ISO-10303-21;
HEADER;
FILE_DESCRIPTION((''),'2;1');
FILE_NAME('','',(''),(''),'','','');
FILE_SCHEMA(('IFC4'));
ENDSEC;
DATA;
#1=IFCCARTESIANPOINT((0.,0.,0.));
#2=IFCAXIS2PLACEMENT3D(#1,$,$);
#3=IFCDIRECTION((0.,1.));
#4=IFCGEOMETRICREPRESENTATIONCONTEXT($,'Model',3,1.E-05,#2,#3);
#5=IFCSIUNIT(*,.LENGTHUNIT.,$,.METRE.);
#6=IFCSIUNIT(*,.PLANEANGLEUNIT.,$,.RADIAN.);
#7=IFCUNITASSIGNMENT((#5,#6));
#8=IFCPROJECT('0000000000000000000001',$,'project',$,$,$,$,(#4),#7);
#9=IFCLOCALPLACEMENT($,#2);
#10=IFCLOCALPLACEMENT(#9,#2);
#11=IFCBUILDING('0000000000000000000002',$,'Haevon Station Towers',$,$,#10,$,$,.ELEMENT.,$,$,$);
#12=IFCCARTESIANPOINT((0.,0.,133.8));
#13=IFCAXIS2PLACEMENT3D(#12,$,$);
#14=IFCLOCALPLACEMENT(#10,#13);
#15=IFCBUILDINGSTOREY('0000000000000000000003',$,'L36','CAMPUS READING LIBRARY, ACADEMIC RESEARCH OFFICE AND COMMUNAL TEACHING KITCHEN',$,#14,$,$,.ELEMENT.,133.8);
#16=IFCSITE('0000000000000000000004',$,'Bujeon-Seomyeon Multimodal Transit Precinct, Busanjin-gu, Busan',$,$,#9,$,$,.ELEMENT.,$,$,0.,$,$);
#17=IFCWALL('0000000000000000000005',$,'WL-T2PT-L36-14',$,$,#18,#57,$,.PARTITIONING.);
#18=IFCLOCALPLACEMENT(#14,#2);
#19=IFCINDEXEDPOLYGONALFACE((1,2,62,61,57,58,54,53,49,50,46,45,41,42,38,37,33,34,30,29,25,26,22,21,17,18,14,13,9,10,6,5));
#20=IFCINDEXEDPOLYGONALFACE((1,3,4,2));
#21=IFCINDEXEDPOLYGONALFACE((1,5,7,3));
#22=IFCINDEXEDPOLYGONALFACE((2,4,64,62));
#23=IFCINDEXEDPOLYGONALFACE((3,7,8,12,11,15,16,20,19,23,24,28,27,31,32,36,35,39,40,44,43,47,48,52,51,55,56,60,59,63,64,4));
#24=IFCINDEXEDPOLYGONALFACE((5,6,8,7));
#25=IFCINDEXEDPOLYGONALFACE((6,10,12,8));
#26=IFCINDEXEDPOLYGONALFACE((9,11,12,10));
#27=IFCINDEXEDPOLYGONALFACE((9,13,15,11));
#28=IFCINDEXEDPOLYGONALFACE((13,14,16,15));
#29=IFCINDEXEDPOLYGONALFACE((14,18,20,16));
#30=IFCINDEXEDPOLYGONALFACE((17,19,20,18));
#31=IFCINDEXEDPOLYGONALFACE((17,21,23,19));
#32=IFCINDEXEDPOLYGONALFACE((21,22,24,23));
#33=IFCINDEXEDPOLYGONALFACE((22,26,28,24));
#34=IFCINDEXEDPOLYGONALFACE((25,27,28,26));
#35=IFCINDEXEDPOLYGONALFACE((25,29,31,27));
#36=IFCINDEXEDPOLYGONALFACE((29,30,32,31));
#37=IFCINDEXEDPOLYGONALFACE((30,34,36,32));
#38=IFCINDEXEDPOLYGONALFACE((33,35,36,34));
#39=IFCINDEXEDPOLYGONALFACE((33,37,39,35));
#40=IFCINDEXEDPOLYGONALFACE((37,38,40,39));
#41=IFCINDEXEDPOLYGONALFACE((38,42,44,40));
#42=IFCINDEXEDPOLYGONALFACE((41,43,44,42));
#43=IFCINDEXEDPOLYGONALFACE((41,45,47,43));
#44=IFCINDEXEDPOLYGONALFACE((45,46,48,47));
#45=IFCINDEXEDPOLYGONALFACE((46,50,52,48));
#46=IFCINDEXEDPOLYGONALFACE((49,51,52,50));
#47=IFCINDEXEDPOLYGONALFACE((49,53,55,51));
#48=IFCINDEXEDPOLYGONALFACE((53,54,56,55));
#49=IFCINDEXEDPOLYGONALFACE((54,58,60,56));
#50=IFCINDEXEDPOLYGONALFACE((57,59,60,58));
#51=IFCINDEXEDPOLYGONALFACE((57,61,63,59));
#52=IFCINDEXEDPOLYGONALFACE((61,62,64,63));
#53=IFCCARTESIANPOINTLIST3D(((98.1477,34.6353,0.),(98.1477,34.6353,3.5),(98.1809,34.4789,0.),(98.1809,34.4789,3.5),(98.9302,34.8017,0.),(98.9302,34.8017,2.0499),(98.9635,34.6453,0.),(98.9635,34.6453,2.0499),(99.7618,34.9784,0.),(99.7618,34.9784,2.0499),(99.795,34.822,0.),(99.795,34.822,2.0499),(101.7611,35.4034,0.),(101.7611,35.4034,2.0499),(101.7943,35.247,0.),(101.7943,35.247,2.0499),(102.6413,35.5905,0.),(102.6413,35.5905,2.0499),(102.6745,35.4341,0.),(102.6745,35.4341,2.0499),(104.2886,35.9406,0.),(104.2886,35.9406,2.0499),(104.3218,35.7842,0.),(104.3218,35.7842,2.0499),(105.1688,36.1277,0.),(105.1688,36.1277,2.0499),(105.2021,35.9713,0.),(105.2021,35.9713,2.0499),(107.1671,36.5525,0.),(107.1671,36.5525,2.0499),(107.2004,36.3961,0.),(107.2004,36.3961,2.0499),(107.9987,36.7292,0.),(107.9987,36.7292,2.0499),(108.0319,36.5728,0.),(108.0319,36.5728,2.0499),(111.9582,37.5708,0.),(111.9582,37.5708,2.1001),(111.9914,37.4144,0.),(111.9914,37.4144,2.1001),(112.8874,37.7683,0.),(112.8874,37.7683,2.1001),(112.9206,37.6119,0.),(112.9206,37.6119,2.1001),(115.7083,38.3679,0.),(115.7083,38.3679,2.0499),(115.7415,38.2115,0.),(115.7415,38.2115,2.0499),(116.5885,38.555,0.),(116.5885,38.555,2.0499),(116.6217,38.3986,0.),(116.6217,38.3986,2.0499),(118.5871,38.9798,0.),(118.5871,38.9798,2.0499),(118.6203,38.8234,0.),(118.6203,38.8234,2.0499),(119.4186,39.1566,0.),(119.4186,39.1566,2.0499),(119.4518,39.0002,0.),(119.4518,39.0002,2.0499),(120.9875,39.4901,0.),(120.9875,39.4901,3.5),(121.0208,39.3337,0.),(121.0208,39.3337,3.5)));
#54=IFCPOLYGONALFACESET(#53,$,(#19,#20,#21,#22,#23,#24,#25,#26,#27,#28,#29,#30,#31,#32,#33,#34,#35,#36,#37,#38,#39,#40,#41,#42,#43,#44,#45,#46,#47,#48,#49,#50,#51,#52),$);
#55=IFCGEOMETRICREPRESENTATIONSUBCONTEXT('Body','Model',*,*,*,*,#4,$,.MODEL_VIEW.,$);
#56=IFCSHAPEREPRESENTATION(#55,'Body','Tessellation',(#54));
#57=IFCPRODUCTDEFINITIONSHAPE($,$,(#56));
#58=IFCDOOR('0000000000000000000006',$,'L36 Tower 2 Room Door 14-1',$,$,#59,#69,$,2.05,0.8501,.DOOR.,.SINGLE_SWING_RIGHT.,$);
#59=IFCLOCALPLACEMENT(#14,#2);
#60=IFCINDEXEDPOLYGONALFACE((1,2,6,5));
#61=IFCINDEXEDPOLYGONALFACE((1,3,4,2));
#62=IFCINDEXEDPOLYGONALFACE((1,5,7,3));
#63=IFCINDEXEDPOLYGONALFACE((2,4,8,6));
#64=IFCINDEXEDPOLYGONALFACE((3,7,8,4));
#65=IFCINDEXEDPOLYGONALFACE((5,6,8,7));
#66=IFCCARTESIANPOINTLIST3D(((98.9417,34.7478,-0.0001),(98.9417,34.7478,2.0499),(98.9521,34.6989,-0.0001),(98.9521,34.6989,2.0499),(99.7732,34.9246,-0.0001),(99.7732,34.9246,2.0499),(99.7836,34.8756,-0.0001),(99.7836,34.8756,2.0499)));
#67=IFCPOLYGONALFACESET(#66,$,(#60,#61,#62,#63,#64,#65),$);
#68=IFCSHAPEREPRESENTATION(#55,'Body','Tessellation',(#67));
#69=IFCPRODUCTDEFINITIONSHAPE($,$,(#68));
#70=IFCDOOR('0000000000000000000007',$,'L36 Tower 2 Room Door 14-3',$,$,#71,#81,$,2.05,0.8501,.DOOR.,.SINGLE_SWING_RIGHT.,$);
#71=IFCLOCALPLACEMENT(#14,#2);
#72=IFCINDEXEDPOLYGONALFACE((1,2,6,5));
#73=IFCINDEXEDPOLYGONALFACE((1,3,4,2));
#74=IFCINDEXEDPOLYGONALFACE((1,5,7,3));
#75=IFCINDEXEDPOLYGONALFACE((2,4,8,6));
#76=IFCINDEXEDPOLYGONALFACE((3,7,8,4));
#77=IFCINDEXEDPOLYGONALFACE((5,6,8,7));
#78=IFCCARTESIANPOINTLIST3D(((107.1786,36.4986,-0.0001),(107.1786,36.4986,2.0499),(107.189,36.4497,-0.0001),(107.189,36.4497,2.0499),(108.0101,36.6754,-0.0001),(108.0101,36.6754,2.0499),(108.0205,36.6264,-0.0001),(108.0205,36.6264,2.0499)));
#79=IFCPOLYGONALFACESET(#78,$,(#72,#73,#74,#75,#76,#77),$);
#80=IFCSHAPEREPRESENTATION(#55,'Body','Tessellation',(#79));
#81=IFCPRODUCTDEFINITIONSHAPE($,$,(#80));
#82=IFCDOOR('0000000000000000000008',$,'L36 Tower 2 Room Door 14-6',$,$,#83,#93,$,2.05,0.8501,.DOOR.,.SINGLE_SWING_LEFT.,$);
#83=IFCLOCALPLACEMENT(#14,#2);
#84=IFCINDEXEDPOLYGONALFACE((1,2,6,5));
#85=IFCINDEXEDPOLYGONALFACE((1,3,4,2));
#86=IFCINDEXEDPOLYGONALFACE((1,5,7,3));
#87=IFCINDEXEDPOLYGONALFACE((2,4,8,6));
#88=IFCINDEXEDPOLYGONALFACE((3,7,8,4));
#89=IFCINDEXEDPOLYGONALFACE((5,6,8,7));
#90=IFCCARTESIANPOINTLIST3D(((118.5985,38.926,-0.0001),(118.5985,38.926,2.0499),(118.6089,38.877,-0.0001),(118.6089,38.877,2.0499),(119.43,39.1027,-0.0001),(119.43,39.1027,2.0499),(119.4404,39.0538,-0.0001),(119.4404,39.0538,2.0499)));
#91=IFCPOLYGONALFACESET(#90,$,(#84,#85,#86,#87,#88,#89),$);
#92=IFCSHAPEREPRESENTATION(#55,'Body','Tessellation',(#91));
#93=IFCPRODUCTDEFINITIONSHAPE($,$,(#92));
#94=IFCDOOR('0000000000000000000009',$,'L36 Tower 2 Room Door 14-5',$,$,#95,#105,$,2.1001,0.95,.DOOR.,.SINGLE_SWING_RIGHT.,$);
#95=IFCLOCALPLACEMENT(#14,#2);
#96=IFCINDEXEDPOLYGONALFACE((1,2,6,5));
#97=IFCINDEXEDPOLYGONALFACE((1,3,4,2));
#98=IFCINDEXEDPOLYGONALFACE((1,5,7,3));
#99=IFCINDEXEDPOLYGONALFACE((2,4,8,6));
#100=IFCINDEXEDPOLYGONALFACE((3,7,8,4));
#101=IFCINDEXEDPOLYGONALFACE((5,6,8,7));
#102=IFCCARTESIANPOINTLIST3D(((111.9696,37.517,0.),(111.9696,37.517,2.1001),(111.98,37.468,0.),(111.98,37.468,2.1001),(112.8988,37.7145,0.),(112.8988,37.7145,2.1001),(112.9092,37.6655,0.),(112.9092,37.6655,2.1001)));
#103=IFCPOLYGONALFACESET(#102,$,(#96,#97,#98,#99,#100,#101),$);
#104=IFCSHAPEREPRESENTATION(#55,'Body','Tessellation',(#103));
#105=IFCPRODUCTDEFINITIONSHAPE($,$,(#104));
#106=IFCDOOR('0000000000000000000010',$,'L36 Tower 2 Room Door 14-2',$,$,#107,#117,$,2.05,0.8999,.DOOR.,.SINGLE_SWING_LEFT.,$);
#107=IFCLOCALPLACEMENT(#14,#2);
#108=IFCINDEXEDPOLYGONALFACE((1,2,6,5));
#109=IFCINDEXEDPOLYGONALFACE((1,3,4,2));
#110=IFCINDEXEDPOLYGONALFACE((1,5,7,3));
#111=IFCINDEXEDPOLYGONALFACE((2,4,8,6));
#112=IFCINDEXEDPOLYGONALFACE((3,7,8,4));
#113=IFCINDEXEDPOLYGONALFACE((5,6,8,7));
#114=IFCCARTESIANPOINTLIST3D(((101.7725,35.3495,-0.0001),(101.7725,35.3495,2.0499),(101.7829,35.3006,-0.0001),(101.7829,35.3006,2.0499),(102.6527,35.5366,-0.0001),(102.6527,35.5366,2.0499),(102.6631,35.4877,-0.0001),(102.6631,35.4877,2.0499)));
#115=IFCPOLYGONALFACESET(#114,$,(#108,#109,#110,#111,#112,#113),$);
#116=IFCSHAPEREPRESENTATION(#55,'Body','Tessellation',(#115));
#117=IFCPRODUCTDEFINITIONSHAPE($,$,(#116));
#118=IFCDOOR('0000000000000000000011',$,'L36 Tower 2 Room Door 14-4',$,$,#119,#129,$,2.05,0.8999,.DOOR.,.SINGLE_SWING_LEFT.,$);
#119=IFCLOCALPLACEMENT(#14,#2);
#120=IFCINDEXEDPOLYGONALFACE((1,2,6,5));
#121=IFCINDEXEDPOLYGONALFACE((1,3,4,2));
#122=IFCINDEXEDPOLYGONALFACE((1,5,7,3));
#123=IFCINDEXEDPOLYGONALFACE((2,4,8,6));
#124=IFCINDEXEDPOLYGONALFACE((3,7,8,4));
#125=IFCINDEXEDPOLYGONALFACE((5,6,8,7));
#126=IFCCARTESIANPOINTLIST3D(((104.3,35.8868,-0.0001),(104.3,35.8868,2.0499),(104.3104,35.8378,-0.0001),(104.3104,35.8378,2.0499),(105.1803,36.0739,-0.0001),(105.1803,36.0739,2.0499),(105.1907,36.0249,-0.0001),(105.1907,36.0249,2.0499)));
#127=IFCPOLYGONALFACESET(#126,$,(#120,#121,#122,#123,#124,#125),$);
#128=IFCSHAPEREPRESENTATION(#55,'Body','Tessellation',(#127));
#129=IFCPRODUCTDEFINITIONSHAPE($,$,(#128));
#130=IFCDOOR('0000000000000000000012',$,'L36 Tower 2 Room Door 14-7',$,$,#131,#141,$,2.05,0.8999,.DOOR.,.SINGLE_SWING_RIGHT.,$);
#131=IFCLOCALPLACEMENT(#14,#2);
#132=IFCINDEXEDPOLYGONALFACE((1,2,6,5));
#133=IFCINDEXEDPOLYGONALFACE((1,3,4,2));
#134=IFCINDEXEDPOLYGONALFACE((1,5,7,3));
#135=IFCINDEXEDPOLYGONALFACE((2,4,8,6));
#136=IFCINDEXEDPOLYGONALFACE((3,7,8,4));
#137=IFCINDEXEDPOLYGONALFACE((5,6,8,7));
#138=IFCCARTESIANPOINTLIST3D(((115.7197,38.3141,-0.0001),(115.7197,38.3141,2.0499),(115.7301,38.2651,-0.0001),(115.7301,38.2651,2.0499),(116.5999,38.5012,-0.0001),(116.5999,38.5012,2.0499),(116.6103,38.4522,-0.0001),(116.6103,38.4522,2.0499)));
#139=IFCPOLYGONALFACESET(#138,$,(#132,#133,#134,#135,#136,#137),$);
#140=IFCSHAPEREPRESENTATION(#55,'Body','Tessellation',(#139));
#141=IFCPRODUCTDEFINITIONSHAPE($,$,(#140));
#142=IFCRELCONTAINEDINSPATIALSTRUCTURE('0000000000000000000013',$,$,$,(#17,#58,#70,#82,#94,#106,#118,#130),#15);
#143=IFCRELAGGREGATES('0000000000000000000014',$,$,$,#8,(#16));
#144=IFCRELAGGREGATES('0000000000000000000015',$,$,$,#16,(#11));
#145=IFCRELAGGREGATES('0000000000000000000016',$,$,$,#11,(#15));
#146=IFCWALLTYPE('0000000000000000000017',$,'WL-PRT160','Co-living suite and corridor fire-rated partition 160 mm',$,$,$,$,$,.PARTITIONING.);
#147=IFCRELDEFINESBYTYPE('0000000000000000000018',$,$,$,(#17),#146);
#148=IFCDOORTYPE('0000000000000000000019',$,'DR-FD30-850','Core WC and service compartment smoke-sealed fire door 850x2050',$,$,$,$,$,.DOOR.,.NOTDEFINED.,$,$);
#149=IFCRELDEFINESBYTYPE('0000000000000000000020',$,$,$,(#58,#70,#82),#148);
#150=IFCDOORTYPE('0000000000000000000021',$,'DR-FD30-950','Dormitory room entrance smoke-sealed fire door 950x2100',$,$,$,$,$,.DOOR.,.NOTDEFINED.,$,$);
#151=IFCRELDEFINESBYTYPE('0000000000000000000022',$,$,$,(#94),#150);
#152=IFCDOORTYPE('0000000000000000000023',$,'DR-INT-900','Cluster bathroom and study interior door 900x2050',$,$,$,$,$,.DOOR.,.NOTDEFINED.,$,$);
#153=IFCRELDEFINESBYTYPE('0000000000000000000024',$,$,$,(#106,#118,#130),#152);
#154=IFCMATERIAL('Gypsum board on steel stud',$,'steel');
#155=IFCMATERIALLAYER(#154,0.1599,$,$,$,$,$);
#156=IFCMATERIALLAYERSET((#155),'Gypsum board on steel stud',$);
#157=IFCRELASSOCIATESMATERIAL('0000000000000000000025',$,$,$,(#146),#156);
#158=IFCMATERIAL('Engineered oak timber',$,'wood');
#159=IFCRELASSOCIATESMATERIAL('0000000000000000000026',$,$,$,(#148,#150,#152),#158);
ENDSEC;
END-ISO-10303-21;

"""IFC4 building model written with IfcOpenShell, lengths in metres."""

from ifc_helpers import new_model, si_unit, direction, frame, frame_2d, origin, place, context, subcontext, project, spatial, rectangle, extrude, material, layer, layer_set, type_object, element, fill, save


model = new_model("IFC4")

# Units and contexts
model_context = context("Model", 3, precision=1e-05, world=origin(), true_north=direction((0.0, 1.0)))
body_context = subcontext(model_context, "Body", "Model", "MODEL_VIEW")
ifc_project = project(units=[si_unit("LENGTHUNIT", "METRE"), si_unit("PLANEANGLEUNIT", "RADIAN")], contexts=[model_context])

# Site, building, storey
site_placement = place(None, origin())
site = spatial("IfcSite", under=ifc_project, at=site_placement, Name="Bujeon-Seomyeon Multimodal Transit Precinct, Busanjin-gu, Busan", CompositionType="ELEMENT", RefElevation=0.0)
building_placement = place(site_placement, origin())
building = spatial("IfcBuilding", under=site, at=building_placement, Name="Haevon Station Towers", CompositionType="ELEMENT")
storey_placement = place(building_placement, frame((0.0, 0.0, 133.8)))
storey = spatial("IfcBuildingStorey", under=building, at=storey_placement, Name="L36", Description="CAMPUS READING LIBRARY, ACADEMIC RESEARCH OFFICE AND COMMUNAL TEACHING KITCHEN", CompositionType="ELEMENT", Elevation=133.8)

# Shared definitions
ifc_material_1 = material(Name="Gypsum board on steel stud", Category="steel")

# Wall, openings, doors
ifc_layer_1 = layer(ifc_material_1, 0.1599)
ifc_layer_set_1 = layer_set([ifc_layer_1], Name="Gypsum board on steel stud")
wall_type_1 = type_object("IfcWallType", Name="WL-PRT160", Description="Co-living suite and corridor fire-rated partition 160 mm", PredefinedType="PARTITIONING", material=ifc_layer_set_1)
wall_1_placement = place(storey_placement, frame((98.1643, 34.5571, 0.0), z_axis=(0.0, 0.0, 1.0), x_axis=(0.978148, 0.207911, 0.0)))
wall_1 = element("IfcWall", 1, at=wall_1_placement, inside=storey, type_object=wall_type_1, Name="WL-T2PT-L36-14", PredefinedType="PARTITIONING", context=body_context, shape_type="SweptSolid", body=[
    extrude(rectangle(XDim=23.3501, YDim=0.1599, at=frame_2d((11.675, 0.0))), origin(), (0.0, 0.0, 1.0), 3.5),
])
opening_1_placement = place(wall_1_placement, frame((0.8, 0.0, 0.0)))
opening_1 = element("IfcOpeningElement", 2, at=opening_1_placement, cuts=wall_1, PredefinedType="OPENING", context=body_context, shape_type="SweptSolid", body=[
    extrude(rectangle(XDim=0.8501, YDim=2.05, at=frame_2d((0.425, 1.0249))), frame((0.0, 0.0898, 0.0), z_axis=(0.0, -1.0, 0.0), x_axis=(1.0, 0.0, 0.0)), (0.0, 0.0, 1.0), 0.1799),
])
opening_2_placement = place(wall_1_placement, frame((3.6941, 0.0, 0.0)))
opening_2 = element("IfcOpeningElement", 3, at=opening_2_placement, cuts=wall_1, PredefinedType="OPENING", context=body_context, shape_type="SweptSolid", body=[
    extrude(rectangle(XDim=0.8999, YDim=2.05, at=frame_2d((0.45, 1.0249))), frame((0.0, 0.0898, 0.0), z_axis=(0.0, -1.0, 0.0), x_axis=(1.0, 0.0, 0.0)), (0.0, 0.0, 1.0), 0.1799),
])
opening_3_placement = place(wall_1_placement, frame((9.2209, 0.0, 0.0)))
opening_3 = element("IfcOpeningElement", 4, at=opening_3_placement, cuts=wall_1, PredefinedType="OPENING", context=body_context, shape_type="SweptSolid", body=[
    extrude(rectangle(XDim=0.8501, YDim=2.05, at=frame_2d((0.425, 1.0249))), frame((0.0, 0.0898, 0.0), z_axis=(0.0, -1.0, 0.0), x_axis=(1.0, 0.0, 0.0)), (0.0, 0.0, 1.0), 0.1799),
])
opening_4_placement = place(wall_1_placement, frame((6.2781, 0.0, 0.0)))
opening_4 = element("IfcOpeningElement", 5, at=opening_4_placement, cuts=wall_1, PredefinedType="OPENING", context=body_context, shape_type="SweptSolid", body=[
    extrude(rectangle(XDim=0.8999, YDim=2.05, at=frame_2d((0.45, 1.0249))), frame((0.0, 0.0898, 0.0), z_axis=(0.0, -1.0, 0.0), x_axis=(1.0, 0.0, 0.0)), (0.0, 0.0, 1.0), 0.1799),
])
opening_5_placement = place(wall_1_placement, frame((14.1189, 0.0, 0.0)))
opening_5 = element("IfcOpeningElement", 6, at=opening_5_placement, cuts=wall_1, PredefinedType="OPENING", context=body_context, shape_type="SweptSolid", body=[
    extrude(rectangle(XDim=0.95, YDim=2.1001, at=frame_2d((0.4751, 1.05))), frame((0.0, 0.0898, 0.0), z_axis=(0.0, -1.0, 0.0), x_axis=(1.0, 0.0, 0.0)), (0.0, 0.0, 1.0), 0.1799),
])
opening_6_placement = place(wall_1_placement, frame((20.896, 0.0, 0.0)))
opening_6 = element("IfcOpeningElement", 7, at=opening_6_placement, cuts=wall_1, PredefinedType="OPENING", context=body_context, shape_type="SweptSolid", body=[
    extrude(rectangle(XDim=0.8501, YDim=2.05, at=frame_2d((0.425, 1.0249))), frame((0.0, 0.0898, 0.0), z_axis=(0.0, -1.0, 0.0), x_axis=(1.0, 0.0, 0.0)), (0.0, 0.0, 1.0), 0.1799),
])
opening_7_placement = place(wall_1_placement, frame((17.9529, 0.0, 0.0)))
opening_7 = element("IfcOpeningElement", 8, at=opening_7_placement, cuts=wall_1, PredefinedType="OPENING", context=body_context, shape_type="SweptSolid", body=[
    extrude(rectangle(XDim=0.8999, YDim=2.05, at=frame_2d((0.45, 1.0249))), frame((0.0, 0.0898, 0.0), z_axis=(0.0, -1.0, 0.0), x_axis=(1.0, 0.0, 0.0)), (0.0, 0.0, 1.0), 0.1799),
])
ifc_material_2 = material(Name="Engineered oak timber", Category="wood")
door_type_1 = type_object("IfcDoorType", Name="DR-FD30-850", Description="Core WC and service compartment smoke-sealed fire door 850x2050", OperationType="NOTDEFINED", PredefinedType="DOOR", material=ifc_material_2)
door_1_placement = place(opening_1_placement, origin())
door_1 = element("IfcDoor", 9, at=door_1_placement, inside=storey, type_object=door_type_1, Name="L36 Tower 2 Room Door 14-1", OperationType="SINGLE_SWING_RIGHT", OverallHeight=2.05, OverallWidth=0.8501, PredefinedType="DOOR", context=body_context, shape_type="SweptSolid", body=[
    extrude(rectangle(XDim=0.8501, YDim=2.05, at=frame_2d((0.425, 1.0249))), frame((0.0, 0.0249, 0.0), z_axis=(0.0, -1.0, 0.0), x_axis=(1.0, 0.0, 0.0)), (0.0, 0.0, 1.0), 0.05),
])
fill(opening_1, door_1)
door_2_placement = place(opening_3_placement, origin())
door_2 = element("IfcDoor", 10, at=door_2_placement, inside=storey, type_object=door_type_1, Name="L36 Tower 2 Room Door 14-3", OperationType="SINGLE_SWING_RIGHT", OverallHeight=2.05, OverallWidth=0.8501, PredefinedType="DOOR", context=body_context, shape_type="SweptSolid", body=[
    extrude(rectangle(XDim=0.8501, YDim=2.05, at=frame_2d((0.425, 1.0249))), frame((0.0, 0.0249, 0.0), z_axis=(0.0, -1.0, 0.0), x_axis=(1.0, 0.0, 0.0)), (0.0, 0.0, 1.0), 0.05),
])
fill(opening_3, door_2)
door_3_placement = place(opening_6_placement, origin())
door_3 = element("IfcDoor", 11, at=door_3_placement, inside=storey, type_object=door_type_1, Name="L36 Tower 2 Room Door 14-6", OperationType="SINGLE_SWING_LEFT", OverallHeight=2.05, OverallWidth=0.8501, PredefinedType="DOOR", context=body_context, shape_type="SweptSolid", body=[
    extrude(rectangle(XDim=0.8501, YDim=2.05, at=frame_2d((0.425, 1.0249))), frame((0.0, 0.0249, 0.0), z_axis=(0.0, -1.0, 0.0), x_axis=(1.0, 0.0, 0.0)), (0.0, 0.0, 1.0), 0.05),
])
fill(opening_6, door_3)
door_type_2 = type_object("IfcDoorType", Name="DR-FD30-950", Description="Dormitory room entrance smoke-sealed fire door 950x2100", OperationType="NOTDEFINED", PredefinedType="DOOR", material=ifc_material_2)
door_4_placement = place(opening_5_placement, origin())
door_4 = element("IfcDoor", 12, at=door_4_placement, inside=storey, type_object=door_type_2, Name="L36 Tower 2 Room Door 14-5", OperationType="SINGLE_SWING_RIGHT", OverallHeight=2.1001, OverallWidth=0.95, PredefinedType="DOOR", context=body_context, shape_type="SweptSolid", body=[
    extrude(rectangle(XDim=0.95, YDim=2.1001, at=frame_2d((0.4751, 1.05))), frame((0.0, 0.0249, 0.0), z_axis=(0.0, -1.0, 0.0), x_axis=(1.0, 0.0, 0.0)), (0.0, 0.0, 1.0), 0.05),
])
fill(opening_5, door_4)
door_type_3 = type_object("IfcDoorType", Name="DR-INT-900", Description="Cluster bathroom and study interior door 900x2050", OperationType="NOTDEFINED", PredefinedType="DOOR", material=ifc_material_2)
door_5_placement = place(opening_2_placement, origin())
door_5 = element("IfcDoor", 13, at=door_5_placement, inside=storey, type_object=door_type_3, Name="L36 Tower 2 Room Door 14-2", OperationType="SINGLE_SWING_LEFT", OverallHeight=2.05, OverallWidth=0.8999, PredefinedType="DOOR", context=body_context, shape_type="SweptSolid", body=[
    extrude(rectangle(XDim=0.8999, YDim=2.05, at=frame_2d((0.45, 1.0249))), frame((0.0, 0.0249, 0.0), z_axis=(0.0, -1.0, 0.0), x_axis=(1.0, 0.0, 0.0)), (0.0, 0.0, 1.0), 0.05),
])
fill(opening_2, door_5)
door_6_placement = place(opening_4_placement, origin())
door_6 = element("IfcDoor", 14, at=door_6_placement, inside=storey, type_object=door_type_3, Name="L36 Tower 2 Room Door 14-4", OperationType="SINGLE_SWING_LEFT", OverallHeight=2.05, OverallWidth=0.8999, PredefinedType="DOOR", context=body_context, shape_type="SweptSolid", body=[
    extrude(rectangle(XDim=0.8999, YDim=2.05, at=frame_2d((0.45, 1.0249))), frame((0.0, 0.0249, 0.0), z_axis=(0.0, -1.0, 0.0), x_axis=(1.0, 0.0, 0.0)), (0.0, 0.0, 1.0), 0.05),
])
fill(opening_4, door_6)
door_7_placement = place(opening_7_placement, origin())
door_7 = element("IfcDoor", 15, at=door_7_placement, inside=storey, type_object=door_type_3, Name="L36 Tower 2 Room Door 14-7", OperationType="SINGLE_SWING_RIGHT", OverallHeight=2.05, OverallWidth=0.8999, PredefinedType="DOOR", context=body_context, shape_type="SweptSolid", body=[
    extrude(rectangle(XDim=0.8999, YDim=2.05, at=frame_2d((0.45, 1.0249))), frame((0.0, 0.0249, 0.0), z_axis=(0.0, -1.0, 0.0), x_axis=(1.0, 0.0, 0.0)), (0.0, 0.0, 1.0), 0.05),
])
fill(opening_7, door_7)

save(model, "model.ifc")
